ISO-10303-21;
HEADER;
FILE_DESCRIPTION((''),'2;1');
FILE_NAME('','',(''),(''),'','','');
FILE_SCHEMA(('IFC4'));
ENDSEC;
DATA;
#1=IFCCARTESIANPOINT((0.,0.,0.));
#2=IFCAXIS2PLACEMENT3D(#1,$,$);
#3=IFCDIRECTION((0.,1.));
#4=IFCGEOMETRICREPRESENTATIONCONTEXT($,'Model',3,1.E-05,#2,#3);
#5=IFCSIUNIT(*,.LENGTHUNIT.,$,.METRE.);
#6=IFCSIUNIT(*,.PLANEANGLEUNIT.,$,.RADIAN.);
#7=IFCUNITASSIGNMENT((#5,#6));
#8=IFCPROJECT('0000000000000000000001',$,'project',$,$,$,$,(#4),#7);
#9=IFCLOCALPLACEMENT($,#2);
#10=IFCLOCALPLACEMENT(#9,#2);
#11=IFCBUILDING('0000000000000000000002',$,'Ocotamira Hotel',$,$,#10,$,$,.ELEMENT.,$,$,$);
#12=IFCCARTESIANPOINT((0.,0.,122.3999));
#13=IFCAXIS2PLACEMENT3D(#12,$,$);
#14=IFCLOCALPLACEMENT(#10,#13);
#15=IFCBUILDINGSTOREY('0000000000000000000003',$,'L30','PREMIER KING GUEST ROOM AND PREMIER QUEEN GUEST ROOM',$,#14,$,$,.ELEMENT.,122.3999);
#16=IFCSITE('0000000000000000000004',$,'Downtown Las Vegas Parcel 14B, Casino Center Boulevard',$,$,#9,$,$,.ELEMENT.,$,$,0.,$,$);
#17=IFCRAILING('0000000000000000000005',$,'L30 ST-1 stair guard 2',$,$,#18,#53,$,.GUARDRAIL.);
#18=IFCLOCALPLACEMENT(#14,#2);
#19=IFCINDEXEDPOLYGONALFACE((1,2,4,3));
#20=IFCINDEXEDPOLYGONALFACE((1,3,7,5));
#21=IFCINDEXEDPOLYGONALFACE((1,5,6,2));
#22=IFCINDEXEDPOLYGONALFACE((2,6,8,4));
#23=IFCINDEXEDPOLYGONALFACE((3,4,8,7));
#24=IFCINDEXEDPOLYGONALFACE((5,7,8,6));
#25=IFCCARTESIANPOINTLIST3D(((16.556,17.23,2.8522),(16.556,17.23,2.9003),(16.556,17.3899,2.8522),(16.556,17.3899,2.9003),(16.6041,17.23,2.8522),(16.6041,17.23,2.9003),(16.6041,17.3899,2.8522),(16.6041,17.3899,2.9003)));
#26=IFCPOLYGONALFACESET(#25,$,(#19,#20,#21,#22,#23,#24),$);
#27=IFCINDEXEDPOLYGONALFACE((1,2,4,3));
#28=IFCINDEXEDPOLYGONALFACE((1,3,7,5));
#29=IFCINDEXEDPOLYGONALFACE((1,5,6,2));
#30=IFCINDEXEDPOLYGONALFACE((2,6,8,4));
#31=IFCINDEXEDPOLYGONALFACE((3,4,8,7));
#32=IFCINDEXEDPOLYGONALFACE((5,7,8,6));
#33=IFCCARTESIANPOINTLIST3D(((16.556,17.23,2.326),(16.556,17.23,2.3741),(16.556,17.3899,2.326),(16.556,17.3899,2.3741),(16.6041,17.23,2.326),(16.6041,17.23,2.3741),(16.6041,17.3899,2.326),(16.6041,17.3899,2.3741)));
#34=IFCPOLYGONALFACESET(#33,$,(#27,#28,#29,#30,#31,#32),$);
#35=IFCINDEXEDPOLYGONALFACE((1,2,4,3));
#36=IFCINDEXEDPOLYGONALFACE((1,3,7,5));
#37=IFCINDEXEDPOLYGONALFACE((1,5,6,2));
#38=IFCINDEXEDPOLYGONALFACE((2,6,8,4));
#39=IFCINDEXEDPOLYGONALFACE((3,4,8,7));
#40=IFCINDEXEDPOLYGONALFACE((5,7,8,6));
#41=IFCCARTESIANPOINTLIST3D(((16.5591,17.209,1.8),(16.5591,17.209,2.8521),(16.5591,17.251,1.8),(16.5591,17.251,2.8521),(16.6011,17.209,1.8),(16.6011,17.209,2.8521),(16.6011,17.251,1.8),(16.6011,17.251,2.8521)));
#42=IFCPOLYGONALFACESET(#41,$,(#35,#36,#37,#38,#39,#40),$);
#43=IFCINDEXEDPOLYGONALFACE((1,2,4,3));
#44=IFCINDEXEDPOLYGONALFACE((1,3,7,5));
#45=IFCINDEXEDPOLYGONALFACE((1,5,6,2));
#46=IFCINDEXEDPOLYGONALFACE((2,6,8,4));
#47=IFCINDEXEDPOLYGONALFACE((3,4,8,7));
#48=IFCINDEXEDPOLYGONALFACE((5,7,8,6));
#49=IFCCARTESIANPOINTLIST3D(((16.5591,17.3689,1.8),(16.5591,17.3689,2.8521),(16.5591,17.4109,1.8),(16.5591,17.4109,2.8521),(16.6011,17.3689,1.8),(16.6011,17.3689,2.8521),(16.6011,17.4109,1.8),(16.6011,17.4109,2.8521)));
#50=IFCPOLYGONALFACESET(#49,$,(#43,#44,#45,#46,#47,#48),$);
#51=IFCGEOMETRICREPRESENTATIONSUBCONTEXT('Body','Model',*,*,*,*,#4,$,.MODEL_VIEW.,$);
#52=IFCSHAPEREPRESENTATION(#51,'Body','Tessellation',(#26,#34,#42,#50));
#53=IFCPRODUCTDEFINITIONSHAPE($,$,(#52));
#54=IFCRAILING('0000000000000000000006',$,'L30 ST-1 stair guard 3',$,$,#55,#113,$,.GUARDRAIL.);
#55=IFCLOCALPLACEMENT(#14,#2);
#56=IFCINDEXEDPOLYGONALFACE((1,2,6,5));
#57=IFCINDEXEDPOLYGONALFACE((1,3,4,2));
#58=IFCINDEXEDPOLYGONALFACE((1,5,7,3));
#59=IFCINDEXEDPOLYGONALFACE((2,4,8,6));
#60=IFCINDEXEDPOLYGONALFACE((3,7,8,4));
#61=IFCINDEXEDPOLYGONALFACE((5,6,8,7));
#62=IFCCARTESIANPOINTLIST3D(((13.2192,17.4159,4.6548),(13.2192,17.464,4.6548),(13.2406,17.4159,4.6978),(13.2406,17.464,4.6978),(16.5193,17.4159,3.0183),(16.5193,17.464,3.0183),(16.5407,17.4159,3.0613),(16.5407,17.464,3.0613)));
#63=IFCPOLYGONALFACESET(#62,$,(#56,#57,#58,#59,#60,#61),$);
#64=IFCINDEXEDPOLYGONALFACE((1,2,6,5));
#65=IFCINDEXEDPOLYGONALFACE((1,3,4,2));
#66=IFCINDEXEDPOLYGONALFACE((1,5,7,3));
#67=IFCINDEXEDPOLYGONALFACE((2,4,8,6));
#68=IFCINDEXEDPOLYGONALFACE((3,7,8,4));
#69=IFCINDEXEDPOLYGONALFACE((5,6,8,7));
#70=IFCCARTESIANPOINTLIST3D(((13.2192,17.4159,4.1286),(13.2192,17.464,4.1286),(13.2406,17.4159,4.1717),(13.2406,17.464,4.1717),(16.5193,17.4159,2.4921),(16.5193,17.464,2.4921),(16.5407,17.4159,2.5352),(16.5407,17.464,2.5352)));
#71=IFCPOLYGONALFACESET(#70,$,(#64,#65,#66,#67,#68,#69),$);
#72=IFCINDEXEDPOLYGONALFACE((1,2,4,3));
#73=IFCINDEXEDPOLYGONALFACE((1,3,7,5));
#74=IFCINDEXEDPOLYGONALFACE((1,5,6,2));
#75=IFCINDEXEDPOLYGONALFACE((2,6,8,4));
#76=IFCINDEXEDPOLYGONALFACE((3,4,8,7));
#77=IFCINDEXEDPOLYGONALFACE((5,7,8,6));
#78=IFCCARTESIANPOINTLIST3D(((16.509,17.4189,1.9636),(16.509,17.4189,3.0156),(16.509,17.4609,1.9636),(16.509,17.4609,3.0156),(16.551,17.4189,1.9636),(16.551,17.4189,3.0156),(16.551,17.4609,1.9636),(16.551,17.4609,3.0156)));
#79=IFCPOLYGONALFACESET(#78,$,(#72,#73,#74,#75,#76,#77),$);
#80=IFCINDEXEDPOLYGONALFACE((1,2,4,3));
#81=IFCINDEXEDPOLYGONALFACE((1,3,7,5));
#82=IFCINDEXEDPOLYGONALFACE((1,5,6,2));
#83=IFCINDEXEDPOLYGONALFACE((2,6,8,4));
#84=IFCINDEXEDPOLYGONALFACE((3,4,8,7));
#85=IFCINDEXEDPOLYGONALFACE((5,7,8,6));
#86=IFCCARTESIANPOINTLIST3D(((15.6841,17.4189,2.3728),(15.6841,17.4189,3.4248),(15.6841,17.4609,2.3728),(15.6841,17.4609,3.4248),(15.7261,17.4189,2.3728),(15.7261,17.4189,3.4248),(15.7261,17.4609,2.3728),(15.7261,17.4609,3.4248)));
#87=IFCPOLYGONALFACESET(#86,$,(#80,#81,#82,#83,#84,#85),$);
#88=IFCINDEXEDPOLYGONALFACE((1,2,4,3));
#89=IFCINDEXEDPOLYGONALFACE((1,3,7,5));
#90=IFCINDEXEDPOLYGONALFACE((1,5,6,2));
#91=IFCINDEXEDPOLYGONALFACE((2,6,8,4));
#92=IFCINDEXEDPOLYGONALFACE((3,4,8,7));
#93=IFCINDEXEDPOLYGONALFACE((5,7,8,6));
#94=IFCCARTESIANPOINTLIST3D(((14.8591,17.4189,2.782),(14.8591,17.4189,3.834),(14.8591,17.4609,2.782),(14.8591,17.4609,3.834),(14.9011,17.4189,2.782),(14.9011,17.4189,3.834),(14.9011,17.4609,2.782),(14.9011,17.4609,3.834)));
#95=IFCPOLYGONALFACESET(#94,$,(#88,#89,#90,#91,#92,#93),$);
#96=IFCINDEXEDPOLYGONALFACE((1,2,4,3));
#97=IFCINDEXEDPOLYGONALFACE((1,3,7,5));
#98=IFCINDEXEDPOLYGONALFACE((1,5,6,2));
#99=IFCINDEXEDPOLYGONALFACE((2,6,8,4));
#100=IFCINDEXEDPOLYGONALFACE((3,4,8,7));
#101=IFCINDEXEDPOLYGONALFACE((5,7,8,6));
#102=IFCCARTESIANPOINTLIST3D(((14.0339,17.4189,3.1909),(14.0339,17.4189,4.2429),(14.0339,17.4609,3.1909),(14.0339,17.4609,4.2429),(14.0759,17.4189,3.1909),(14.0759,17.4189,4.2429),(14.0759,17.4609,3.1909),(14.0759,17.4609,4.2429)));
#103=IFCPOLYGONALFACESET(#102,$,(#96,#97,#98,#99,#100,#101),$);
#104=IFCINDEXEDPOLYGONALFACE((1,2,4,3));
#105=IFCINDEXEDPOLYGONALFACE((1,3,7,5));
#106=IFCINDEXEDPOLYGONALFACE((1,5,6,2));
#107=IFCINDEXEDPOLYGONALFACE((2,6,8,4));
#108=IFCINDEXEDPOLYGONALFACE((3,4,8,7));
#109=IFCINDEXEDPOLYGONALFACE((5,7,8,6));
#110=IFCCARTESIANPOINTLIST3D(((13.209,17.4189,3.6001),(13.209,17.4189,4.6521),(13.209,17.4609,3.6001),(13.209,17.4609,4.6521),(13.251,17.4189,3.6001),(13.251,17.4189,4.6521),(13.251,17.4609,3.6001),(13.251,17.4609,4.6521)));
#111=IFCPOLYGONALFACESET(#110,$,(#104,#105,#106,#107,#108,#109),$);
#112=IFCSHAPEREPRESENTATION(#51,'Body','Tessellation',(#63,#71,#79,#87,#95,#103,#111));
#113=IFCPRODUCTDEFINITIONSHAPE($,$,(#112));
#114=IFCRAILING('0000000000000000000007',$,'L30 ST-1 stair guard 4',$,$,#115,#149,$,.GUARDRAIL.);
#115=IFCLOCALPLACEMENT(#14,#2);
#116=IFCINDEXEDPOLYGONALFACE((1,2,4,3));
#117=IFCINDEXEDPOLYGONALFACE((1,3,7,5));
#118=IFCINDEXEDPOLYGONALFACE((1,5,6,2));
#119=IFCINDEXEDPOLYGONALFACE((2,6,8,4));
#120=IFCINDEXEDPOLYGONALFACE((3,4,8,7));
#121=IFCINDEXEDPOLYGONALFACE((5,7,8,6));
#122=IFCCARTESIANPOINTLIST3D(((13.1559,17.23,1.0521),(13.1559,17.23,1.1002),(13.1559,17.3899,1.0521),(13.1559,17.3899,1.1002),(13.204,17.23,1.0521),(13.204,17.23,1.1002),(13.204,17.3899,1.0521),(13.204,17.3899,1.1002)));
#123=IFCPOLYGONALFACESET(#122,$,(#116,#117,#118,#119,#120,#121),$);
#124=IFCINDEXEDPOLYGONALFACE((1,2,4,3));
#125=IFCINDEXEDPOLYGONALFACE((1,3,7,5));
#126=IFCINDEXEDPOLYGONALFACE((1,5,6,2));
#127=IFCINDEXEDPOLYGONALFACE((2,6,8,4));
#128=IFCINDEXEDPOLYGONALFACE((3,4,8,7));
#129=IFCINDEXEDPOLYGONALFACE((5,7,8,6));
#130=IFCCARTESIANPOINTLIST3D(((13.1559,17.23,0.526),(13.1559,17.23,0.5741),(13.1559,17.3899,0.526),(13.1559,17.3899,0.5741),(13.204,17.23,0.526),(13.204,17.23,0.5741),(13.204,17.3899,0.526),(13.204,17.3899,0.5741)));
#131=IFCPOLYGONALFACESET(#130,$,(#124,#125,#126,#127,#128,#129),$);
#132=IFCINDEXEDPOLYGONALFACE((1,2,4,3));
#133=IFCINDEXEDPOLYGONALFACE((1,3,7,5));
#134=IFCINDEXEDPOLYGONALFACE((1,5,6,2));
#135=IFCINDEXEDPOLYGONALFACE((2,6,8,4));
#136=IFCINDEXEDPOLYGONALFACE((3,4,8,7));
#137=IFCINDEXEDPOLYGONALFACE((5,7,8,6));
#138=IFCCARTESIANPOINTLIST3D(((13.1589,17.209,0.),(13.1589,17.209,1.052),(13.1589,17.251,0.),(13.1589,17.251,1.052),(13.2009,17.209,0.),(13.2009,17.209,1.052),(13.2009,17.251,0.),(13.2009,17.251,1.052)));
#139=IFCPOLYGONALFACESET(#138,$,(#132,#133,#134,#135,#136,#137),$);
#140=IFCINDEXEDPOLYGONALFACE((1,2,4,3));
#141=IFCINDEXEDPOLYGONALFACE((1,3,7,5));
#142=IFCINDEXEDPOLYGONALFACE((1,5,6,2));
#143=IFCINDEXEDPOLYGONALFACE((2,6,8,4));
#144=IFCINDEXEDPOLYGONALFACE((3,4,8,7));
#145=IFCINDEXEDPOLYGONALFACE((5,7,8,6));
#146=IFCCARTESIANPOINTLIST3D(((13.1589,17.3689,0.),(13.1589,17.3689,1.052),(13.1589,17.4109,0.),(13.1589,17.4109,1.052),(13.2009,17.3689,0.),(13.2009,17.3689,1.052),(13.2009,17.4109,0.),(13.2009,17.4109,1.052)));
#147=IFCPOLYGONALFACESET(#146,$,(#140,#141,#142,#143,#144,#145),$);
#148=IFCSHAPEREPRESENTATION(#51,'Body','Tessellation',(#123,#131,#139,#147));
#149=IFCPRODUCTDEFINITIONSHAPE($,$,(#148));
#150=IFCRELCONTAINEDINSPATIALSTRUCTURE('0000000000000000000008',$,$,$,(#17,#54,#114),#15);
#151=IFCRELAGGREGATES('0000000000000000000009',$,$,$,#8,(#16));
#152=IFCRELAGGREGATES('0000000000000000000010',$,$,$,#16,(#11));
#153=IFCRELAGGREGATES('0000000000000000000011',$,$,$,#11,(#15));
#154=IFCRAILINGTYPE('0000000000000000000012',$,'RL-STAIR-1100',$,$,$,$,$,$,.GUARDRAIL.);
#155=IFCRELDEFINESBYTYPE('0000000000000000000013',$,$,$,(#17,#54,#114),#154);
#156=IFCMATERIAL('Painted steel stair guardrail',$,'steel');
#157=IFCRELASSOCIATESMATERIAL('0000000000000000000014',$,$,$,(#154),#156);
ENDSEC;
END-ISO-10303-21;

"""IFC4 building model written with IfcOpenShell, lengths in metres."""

from ifc_helpers import new_model, si_unit, direction, frame, origin, origin_2d, place, context, subcontext, project, spatial, rectangle, extrude, material, type_object, element, save


model = new_model("IFC4")

# Units and contexts
model_context = context("Model", 3, precision=1e-05, world=origin(), true_north=direction((0.0, 1.0)))
body_context = subcontext(model_context, "Body", "Model", "MODEL_VIEW")
ifc_project = project(units=[si_unit("LENGTHUNIT", "METRE"), si_unit("PLANEANGLEUNIT", "RADIAN")], contexts=[model_context])

# Site, building, storey
site_placement = place(None, origin())
site = spatial("IfcSite", under=ifc_project, at=site_placement, Name="Downtown Las Vegas Parcel 14B, Casino Center Boulevard", CompositionType="ELEMENT", RefElevation=0.0)
building_placement = place(site_placement, origin())
building = spatial("IfcBuilding", under=site, at=building_placement, Name="Ocotamira Hotel", CompositionType="ELEMENT")
storey_placement = place(building_placement, frame((0.0, 0.0, 122.3999)))
storey = spatial("IfcBuildingStorey", under=building, at=storey_placement, Name="L30", Description="PREMIER KING GUEST ROOM AND PREMIER QUEEN GUEST ROOM", CompositionType="ELEMENT", Elevation=122.3999)

# Railings
ifc_material_1 = material(Name="Painted steel stair guardrail", Category="steel")
railing_type_1 = type_object("IfcRailingType", Name="RL-STAIR-1100", PredefinedType="GUARDRAIL", material=ifc_material_1)
railing_1_placement = place(storey_placement, frame((16.5801, 17.23, 1.8)))
element("IfcRailing", 1, at=railing_1_placement, inside=storey, type_object=railing_type_1, Name="L30 ST-1 stair guard 2", PredefinedType="GUARDRAIL", context=body_context, shape_type="SweptSolid", body=[
    extrude(rectangle(XDim=0.0481, YDim=0.0481, at=origin_2d()), frame((0.0, 0.0, 1.0762), z_axis=(0.0, 1.0, 0.0), x_axis=(-1.0, 0.0, 0.0)), (0.0, 0.0, 1.0), 0.1599),
    extrude(rectangle(XDim=0.0481, YDim=0.0481, at=origin_2d()), frame((0.0, 0.0, 0.55), z_axis=(0.0, 1.0, 0.0), x_axis=(-1.0, 0.0, 0.0)), (0.0, 0.0, 1.0), 0.1599),
    extrude(rectangle(XDim=0.042, YDim=0.042, at=origin_2d()), origin(), (0.0, 0.0, 1.0), 1.052),
    extrude(rectangle(XDim=0.042, YDim=0.042, at=origin_2d()), frame((0.0, 0.1599, 0.0)), (0.0, 0.0, 1.0), 1.052),
])
railing_2_placement = place(storey_placement, frame((16.53, 17.4399, 1.9636)))
element("IfcRailing", 2, at=railing_2_placement, inside=storey, type_object=railing_type_1, Name="L30 ST-1 stair guard 3", PredefinedType="GUARDRAIL", context=body_context, shape_type="SweptSolid", body=[
    extrude(rectangle(XDim=0.0481, YDim=0.0481, at=origin_2d()), frame((0.0, 0.0, 1.0762), z_axis=(-0.895894, 0.0, 0.444268), x_axis=(0.0, -1.0, 0.0)), (0.0, 0.0, 1.0), 3.6836),
    extrude(rectangle(XDim=0.0481, YDim=0.0481, at=origin_2d()), frame((0.0, 0.0, 0.55), z_axis=(-0.895894, 0.0, 0.444268), x_axis=(0.0, -1.0, 0.0)), (0.0, 0.0, 1.0), 3.6836),
    extrude(rectangle(XDim=0.042, YDim=0.042, at=origin_2d()), origin(), (0.0, 0.0, 1.0), 1.052),
    extrude(rectangle(XDim=0.042, YDim=0.042, at=origin_2d()), frame((-0.825, 0.0, 0.4092)), (0.0, 0.0, 1.0), 1.052),
    extrude(rectangle(XDim=0.042, YDim=0.042, at=origin_2d()), frame((-1.6499, 0.0, 0.8184)), (0.0, 0.0, 1.0), 1.052),
    extrude(rectangle(XDim=0.042, YDim=0.042, at=origin_2d()), frame((-2.4751, 0.0, 1.2273)), (0.0, 0.0, 1.0), 1.052),
    extrude(rectangle(XDim=0.042, YDim=0.042, at=origin_2d()), frame((-3.3, 0.0, 1.6365)), (0.0, 0.0, 1.0), 1.052),
])
railing_3_placement = place(storey_placement, frame((13.1799, 17.23, 0.0)))
element("IfcRailing", 3, at=railing_3_placement, inside=storey, type_object=railing_type_1, Name="L30 ST-1 stair guard 4", PredefinedType="GUARDRAIL", context=body_context, shape_type="SweptSolid", body=[
    extrude(rectangle(XDim=0.0481, YDim=0.0481, at=origin_2d()), frame((0.0, 0.0, 1.0762), z_axis=(0.0, 1.0, 0.0), x_axis=(-1.0, 0.0, 0.0)), (0.0, 0.0, 1.0), 0.1599),
    extrude(rectangle(XDim=0.0481, YDim=0.0481, at=origin_2d()), frame((0.0, 0.0, 0.55), z_axis=(0.0, 1.0, 0.0), x_axis=(-1.0, 0.0, 0.0)), (0.0, 0.0, 1.0), 0.1599),
    extrude(rectangle(XDim=0.042, YDim=0.042, at=origin_2d()), origin(), (0.0, 0.0, 1.0), 1.052),
    extrude(rectangle(XDim=0.042, YDim=0.042, at=origin_2d()), frame((0.0, 0.1599, 0.0)), (0.0, 0.0, 1.0), 1.052),
])

save(model, "model.ifc")
